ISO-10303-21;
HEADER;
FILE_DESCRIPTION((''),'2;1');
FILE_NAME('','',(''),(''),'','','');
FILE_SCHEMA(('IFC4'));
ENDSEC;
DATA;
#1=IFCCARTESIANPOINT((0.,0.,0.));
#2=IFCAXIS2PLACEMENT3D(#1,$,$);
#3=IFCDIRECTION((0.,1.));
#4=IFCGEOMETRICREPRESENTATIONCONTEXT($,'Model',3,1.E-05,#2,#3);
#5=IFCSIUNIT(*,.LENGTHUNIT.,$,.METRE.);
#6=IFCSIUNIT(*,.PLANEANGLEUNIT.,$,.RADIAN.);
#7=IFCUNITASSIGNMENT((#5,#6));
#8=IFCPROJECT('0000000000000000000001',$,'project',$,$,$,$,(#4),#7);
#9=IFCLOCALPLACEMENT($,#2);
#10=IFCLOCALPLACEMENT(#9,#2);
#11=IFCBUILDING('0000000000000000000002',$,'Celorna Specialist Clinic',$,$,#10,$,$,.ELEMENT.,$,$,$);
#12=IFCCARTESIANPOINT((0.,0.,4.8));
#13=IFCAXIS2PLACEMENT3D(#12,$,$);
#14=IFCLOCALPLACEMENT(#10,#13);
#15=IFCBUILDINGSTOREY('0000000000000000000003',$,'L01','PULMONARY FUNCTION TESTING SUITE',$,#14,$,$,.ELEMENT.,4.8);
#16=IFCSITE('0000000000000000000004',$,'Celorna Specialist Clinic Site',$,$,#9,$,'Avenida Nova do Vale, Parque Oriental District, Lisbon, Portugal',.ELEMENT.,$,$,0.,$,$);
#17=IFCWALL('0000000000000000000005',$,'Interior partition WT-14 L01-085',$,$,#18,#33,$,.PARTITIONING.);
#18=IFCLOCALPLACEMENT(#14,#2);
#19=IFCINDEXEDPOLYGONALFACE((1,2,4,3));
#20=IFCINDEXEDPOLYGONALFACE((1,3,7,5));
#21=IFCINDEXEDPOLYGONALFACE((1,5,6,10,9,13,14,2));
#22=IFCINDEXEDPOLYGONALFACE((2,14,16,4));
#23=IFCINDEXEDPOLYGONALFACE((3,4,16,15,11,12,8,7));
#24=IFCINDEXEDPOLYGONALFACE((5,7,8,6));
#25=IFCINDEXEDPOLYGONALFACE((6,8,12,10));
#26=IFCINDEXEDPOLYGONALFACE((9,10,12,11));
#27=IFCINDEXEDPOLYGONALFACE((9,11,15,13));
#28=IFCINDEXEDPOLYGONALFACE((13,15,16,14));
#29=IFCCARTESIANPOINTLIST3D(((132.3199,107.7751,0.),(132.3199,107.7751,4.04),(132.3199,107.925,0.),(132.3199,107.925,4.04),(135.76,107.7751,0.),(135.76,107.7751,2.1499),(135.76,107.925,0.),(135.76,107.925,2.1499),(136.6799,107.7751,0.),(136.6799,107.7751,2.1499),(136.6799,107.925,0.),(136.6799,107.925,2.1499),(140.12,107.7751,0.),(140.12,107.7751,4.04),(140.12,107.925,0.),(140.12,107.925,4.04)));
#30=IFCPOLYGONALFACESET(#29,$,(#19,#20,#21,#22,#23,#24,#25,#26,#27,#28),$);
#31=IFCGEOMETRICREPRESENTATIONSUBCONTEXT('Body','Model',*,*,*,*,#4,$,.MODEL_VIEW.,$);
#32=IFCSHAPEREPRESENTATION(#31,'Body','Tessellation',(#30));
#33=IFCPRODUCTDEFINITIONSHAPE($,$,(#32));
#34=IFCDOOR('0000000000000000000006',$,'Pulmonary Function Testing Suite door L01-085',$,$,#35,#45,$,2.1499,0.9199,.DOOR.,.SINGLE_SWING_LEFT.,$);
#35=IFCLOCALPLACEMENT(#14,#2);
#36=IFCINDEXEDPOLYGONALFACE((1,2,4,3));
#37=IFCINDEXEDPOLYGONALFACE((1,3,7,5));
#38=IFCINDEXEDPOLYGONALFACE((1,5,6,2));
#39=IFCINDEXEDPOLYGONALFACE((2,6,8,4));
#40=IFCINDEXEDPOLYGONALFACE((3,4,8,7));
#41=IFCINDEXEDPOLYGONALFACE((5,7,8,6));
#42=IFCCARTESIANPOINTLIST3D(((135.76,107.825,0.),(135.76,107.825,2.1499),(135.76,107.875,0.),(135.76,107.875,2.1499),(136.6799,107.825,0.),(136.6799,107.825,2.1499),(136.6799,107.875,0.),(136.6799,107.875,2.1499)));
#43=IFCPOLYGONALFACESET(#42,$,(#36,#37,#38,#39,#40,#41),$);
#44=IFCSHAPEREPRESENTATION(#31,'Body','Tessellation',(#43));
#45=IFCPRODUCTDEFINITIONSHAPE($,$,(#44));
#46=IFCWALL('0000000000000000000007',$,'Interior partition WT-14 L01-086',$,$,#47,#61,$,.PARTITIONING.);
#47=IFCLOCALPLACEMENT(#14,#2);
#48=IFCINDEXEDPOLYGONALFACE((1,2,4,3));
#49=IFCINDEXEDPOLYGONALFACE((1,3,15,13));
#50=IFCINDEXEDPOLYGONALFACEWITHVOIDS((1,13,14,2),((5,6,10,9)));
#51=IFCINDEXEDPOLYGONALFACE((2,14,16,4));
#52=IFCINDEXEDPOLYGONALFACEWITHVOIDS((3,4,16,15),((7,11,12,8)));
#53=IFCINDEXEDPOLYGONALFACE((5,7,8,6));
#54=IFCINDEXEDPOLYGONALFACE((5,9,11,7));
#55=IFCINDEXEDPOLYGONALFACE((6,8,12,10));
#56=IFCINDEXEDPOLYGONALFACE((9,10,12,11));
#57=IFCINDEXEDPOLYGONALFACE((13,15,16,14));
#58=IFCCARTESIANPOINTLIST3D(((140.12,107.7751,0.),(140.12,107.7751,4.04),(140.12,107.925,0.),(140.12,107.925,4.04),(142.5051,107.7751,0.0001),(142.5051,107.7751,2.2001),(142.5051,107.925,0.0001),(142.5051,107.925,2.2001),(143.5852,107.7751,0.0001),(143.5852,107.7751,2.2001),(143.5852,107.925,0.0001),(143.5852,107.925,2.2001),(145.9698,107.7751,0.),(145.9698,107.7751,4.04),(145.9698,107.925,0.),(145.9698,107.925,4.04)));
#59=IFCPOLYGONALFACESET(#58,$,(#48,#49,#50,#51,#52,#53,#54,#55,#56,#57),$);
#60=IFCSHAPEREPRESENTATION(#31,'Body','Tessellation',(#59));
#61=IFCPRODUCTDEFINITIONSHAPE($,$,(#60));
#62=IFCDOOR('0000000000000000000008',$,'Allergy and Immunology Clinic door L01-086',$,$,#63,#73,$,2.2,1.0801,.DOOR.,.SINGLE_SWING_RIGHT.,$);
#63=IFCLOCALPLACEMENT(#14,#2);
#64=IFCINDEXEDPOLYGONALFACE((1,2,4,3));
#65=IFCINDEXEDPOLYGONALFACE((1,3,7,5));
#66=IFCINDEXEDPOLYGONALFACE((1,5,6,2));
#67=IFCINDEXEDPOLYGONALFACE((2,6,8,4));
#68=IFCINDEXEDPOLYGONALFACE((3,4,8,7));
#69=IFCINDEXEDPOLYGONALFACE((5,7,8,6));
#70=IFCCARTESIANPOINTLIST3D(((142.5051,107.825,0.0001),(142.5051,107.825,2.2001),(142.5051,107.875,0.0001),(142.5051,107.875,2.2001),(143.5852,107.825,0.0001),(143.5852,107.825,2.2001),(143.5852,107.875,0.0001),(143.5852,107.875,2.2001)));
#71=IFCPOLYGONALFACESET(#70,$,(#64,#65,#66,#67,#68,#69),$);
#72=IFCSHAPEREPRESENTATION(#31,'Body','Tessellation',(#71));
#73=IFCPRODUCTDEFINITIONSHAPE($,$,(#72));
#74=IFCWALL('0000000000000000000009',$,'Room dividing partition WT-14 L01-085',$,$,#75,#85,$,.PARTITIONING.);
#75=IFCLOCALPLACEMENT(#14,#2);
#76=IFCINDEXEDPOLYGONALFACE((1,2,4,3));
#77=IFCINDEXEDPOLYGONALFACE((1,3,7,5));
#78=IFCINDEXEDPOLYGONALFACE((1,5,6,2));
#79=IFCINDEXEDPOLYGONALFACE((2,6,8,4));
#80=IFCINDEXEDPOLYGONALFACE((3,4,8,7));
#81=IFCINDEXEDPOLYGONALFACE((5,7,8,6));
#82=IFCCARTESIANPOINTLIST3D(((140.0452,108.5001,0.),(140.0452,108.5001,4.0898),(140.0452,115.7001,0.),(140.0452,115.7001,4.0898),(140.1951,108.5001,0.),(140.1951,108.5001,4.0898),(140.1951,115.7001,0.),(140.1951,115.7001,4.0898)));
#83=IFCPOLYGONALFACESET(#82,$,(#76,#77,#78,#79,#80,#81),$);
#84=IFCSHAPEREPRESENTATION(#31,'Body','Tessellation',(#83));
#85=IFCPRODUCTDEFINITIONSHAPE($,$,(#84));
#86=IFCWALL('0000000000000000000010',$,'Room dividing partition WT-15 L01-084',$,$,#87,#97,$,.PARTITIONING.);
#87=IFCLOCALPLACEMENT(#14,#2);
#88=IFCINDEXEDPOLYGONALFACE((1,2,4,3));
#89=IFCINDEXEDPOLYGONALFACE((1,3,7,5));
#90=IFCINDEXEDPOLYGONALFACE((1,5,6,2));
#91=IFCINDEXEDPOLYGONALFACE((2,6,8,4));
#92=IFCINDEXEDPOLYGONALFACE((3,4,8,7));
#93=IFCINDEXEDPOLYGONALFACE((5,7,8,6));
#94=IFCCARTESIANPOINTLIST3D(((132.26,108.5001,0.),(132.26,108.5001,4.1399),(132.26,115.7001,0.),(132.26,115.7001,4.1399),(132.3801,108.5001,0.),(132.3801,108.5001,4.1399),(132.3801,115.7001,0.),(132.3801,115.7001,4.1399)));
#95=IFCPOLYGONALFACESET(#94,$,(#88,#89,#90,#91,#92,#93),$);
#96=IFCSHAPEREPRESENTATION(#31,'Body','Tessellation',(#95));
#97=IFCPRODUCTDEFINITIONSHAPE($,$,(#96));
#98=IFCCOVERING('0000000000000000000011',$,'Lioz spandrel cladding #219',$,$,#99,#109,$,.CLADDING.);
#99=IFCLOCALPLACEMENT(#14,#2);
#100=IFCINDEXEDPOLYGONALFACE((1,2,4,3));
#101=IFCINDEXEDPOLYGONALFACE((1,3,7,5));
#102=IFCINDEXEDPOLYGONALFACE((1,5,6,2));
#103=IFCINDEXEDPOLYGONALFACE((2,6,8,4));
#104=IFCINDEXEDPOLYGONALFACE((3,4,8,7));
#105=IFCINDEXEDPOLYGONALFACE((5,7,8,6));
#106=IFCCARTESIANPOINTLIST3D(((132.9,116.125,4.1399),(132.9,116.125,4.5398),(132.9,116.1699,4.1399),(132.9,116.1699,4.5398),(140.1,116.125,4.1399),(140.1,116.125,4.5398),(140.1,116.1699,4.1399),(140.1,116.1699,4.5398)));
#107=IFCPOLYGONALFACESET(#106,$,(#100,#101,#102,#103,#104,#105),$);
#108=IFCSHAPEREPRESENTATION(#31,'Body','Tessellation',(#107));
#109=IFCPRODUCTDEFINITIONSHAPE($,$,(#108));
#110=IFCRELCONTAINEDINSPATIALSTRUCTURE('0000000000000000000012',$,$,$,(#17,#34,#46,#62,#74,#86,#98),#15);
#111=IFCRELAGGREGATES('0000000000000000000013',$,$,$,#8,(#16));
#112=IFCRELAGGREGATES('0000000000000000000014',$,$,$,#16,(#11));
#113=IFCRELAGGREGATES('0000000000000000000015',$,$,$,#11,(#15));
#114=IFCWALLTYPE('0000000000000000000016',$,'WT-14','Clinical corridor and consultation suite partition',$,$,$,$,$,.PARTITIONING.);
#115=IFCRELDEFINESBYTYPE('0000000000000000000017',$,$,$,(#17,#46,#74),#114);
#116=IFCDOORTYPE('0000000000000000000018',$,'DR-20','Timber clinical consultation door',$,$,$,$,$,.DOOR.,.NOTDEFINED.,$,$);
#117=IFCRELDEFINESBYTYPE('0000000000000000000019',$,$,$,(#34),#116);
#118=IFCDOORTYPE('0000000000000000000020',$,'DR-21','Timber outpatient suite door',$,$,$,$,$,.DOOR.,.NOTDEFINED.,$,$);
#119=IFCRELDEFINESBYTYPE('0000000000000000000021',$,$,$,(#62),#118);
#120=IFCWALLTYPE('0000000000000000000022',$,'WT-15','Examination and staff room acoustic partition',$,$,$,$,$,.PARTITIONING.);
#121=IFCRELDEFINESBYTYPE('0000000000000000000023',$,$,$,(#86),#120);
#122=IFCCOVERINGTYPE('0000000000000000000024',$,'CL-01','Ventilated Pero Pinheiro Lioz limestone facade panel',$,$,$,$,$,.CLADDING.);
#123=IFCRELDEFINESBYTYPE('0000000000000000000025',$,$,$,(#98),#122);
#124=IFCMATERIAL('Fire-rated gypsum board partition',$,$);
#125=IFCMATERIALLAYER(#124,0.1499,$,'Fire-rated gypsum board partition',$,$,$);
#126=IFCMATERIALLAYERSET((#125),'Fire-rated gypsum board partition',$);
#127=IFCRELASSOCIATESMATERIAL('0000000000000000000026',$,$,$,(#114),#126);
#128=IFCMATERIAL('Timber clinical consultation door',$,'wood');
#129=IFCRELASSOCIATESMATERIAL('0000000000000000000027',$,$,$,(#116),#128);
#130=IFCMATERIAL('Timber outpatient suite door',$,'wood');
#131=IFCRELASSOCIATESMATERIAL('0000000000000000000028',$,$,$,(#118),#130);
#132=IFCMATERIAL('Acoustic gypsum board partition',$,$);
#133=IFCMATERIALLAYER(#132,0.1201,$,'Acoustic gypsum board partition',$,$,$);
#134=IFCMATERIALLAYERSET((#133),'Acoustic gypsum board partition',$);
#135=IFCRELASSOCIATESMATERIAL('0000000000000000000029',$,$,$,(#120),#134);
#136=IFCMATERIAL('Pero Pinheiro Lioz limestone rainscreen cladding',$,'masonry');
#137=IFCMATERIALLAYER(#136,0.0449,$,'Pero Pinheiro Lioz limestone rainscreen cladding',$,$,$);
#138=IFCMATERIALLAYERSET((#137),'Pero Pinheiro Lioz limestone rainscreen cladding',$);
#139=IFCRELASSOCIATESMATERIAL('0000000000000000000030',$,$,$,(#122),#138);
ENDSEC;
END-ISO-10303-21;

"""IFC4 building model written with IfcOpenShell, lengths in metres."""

from ifc_helpers import new_model, si_unit, direction, frame, frame_2d, origin, origin_2d, place, context, subcontext, project, spatial, rectangle, extrude, material, layer, layer_set, type_object, element, fill, save


model = new_model("IFC4")

# Units and contexts
model_context = context("Model", 3, precision=1e-05, world=origin(), true_north=direction((0.0, 1.0)))
body_context = subcontext(model_context, "Body", "Model", "MODEL_VIEW")
ifc_project = project(units=[si_unit("LENGTHUNIT", "METRE"), si_unit("PLANEANGLEUNIT", "RADIAN")], contexts=[model_context])

# Site, building, storey
site_placement = place(None, origin())
site = spatial("IfcSite", under=ifc_project, at=site_placement, Name="Celorna Specialist Clinic Site", LongName="Avenida Nova do Vale, Parque Oriental District, Lisbon, Portugal", CompositionType="ELEMENT", RefElevation=0.0)
building_placement = place(site_placement, origin())
building = spatial("IfcBuilding", under=site, at=building_placement, Name="Celorna Specialist Clinic", CompositionType="ELEMENT")
storey_placement = place(building_placement, frame((0.0, 0.0, 4.8)))
storey = spatial("IfcBuildingStorey", under=building, at=storey_placement, Name="L01", Description="PULMONARY FUNCTION TESTING SUITE", CompositionType="ELEMENT", Elevation=4.8)

# Walls, openings, doors
ifc_material_1 = material(Name="Fire-rated gypsum board partition")
ifc_layer_1 = layer(ifc_material_1, 0.1499, Name="Fire-rated gypsum board partition")
ifc_layer_set_1 = layer_set([ifc_layer_1], Name="Fire-rated gypsum board partition")
wall_type_1 = type_object("IfcWallType", Name="WT-14", Description="Clinical corridor and consultation suite partition", PredefinedType="PARTITIONING", material=ifc_layer_set_1)
wall_1_placement = place(storey_placement, frame((132.3201, 107.8501, 0.0), z_axis=(0.0, 0.0, 1.0), x_axis=(1.0, 0.0, 0.0)))
wall_1 = element("IfcWall", 1, at=wall_1_placement, inside=storey, type_object=wall_type_1, Name="Interior partition WT-14 L01-085", PredefinedType="PARTITIONING", context=body_context, shape_type="SweptSolid", body=[
    extrude(rectangle(XDim=7.8, YDim=0.1499, at=frame_2d((3.8999, 0.0))), origin(), (0.0, 0.0, 1.0), 4.04),
])
opening_1_placement = place(wall_1_placement, frame((3.4399, 0.0, 0.0)))
opening_1 = element("IfcOpeningElement", 2, at=opening_1_placement, cuts=wall_1, PredefinedType="OPENING", context=body_context, shape_type="SweptSolid", body=[
    extrude(rectangle(XDim=0.9199, YDim=2.1499, at=frame_2d((0.46, 1.075))), frame((0.0, 0.085, 0.0), z_axis=(0.0, -1.0, 0.0), x_axis=(1.0, 0.0, 0.0)), (0.0, 0.0, 1.0), 0.1699),
])
ifc_material_2 = material(Name="Timber clinical consultation door", Category="wood")
door_type_1 = type_object("IfcDoorType", Name="DR-20", Description="Timber clinical consultation door", OperationType="NOTDEFINED", PredefinedType="DOOR", material=ifc_material_2)
door_1_placement = place(opening_1_placement, origin())
door_1 = element("IfcDoor", 3, at=door_1_placement, inside=storey, type_object=door_type_1, Name="Pulmonary Function Testing Suite door L01-085", OperationType="SINGLE_SWING_LEFT", OverallHeight=2.1499, OverallWidth=0.9199, PredefinedType="DOOR", context=body_context, shape_type="SweptSolid", body=[
    extrude(rectangle(XDim=0.9199, YDim=2.1499, at=frame_2d((0.46, 1.075))), frame((0.0, 0.0249, 0.0), z_axis=(0.0, -1.0, 0.0), x_axis=(1.0, 0.0, 0.0)), (0.0, 0.0, 1.0), 0.05),
])
fill(opening_1, door_1)
wall_2_placement = place(storey_placement, frame((140.1201, 107.8501, 0.0), z_axis=(0.0, 0.0, 1.0), x_axis=(1.0, 0.0, 0.0)))
wall_2 = element("IfcWall", 4, at=wall_2_placement, inside=storey, type_object=wall_type_1, Name="Interior partition WT-14 L01-086", PredefinedType="PARTITIONING", context=body_context, shape_type="SweptSolid", body=[
    extrude(rectangle(XDim=5.8499, YDim=0.1499, at=frame_2d((2.9248, 0.0))), origin(), (0.0, 0.0, 1.0), 4.04),
])
opening_2_placement = place(wall_2_placement, frame((2.385, 0.0, 0.0)))
opening_2 = element("IfcOpeningElement", 5, at=opening_2_placement, cuts=wall_2, PredefinedType="OPENING", context=body_context, shape_type="SweptSolid", body=[
    extrude(rectangle(XDim=1.0801, YDim=2.2, at=frame_2d((0.54, 1.1001))), frame((0.0, 0.085, 0.0), z_axis=(0.0, -1.0, 0.0), x_axis=(1.0, 0.0, 0.0)), (0.0, 0.0, 1.0), 0.1699),
])
ifc_material_3 = material(Name="Timber outpatient suite door", Category="wood")
door_type_2 = type_object("IfcDoorType", Name="DR-21", Description="Timber outpatient suite door", OperationType="NOTDEFINED", PredefinedType="DOOR", material=ifc_material_3)
door_2_placement = place(opening_2_placement, origin())
door_2 = element("IfcDoor", 6, at=door_2_placement, inside=storey, type_object=door_type_2, Name="Allergy and Immunology Clinic door L01-086", OperationType="SINGLE_SWING_RIGHT", OverallHeight=2.2, OverallWidth=1.0801, PredefinedType="DOOR", context=body_context, shape_type="SweptSolid", body=[
    extrude(rectangle(XDim=1.0801, YDim=2.2, at=frame_2d((0.54, 1.1001))), frame((0.0, 0.0249, 0.0), z_axis=(0.0, -1.0, 0.0), x_axis=(1.0, 0.0, 0.0)), (0.0, 0.0, 1.0), 0.05),
])
fill(opening_2, door_2)

# Walls
wall_3_placement = place(storey_placement, frame((140.1201, 108.5, 0.0), z_axis=(0.0, 0.0, 1.0), x_axis=(0.0, 1.0, 0.0)))
element("IfcWall", 7, at=wall_3_placement, inside=storey, type_object=wall_type_1, Name="Room dividing partition WT-14 L01-085", PredefinedType="PARTITIONING", context=body_context, shape_type="SweptSolid", body=[
    extrude(rectangle(XDim=7.2, YDim=0.1499, at=frame_2d((3.6001, 0.0))), origin(), (0.0, 0.0, 1.0), 4.0898),
])
ifc_material_4 = material(Name="Acoustic gypsum board partition")
ifc_layer_2 = layer(ifc_material_4, 0.1201, Name="Acoustic gypsum board partition")
ifc_layer_set_2 = layer_set([ifc_layer_2], Name="Acoustic gypsum board partition")
wall_type_2 = type_object("IfcWallType", Name="WT-15", Description="Examination and staff room acoustic partition", PredefinedType="PARTITIONING", material=ifc_layer_set_2)
wall_4_placement = place(storey_placement, frame((132.3201, 108.5, 0.0), z_axis=(0.0, 0.0, 1.0), x_axis=(0.0, 1.0, 0.0)))
element("IfcWall", 8, at=wall_4_placement, inside=storey, type_object=wall_type_2, Name="Room dividing partition WT-15 L01-084", PredefinedType="PARTITIONING", context=body_context, shape_type="SweptSolid", body=[
    extrude(rectangle(XDim=7.2, YDim=0.1201, at=frame_2d((3.6001, 0.0))), origin(), (0.0, 0.0, 1.0), 4.1399),
])

# Covering
ifc_material_5 = material(Name="Pero Pinheiro Lioz limestone rainscreen cladding", Category="masonry")
ifc_layer_3 = layer(ifc_material_5, 0.0449, Name="Pero Pinheiro Lioz limestone rainscreen cladding")
ifc_layer_set_3 = layer_set([ifc_layer_3], Name="Pero Pinheiro Lioz limestone rainscreen cladding")
covering_type = type_object("IfcCoveringType", Name="CL-01", Description="Ventilated Pero Pinheiro Lioz limestone facade panel", PredefinedType="CLADDING", material=ifc_layer_set_3)
covering_placement = place(storey_placement, frame((136.5, 116.1475, 4.1399), z_axis=(0.0, 0.0, 1.0), x_axis=(1.0, 0.0, 0.0)))
element("IfcCovering", 9, at=covering_placement, inside=storey, type_object=covering_type, Name="Lioz spandrel cladding #219", PredefinedType="CLADDING", context=body_context, shape_type="SweptSolid", body=[
    extrude(rectangle(XDim=7.2, YDim=0.0449, at=origin_2d()), origin(), (0.0, 0.0, 1.0), 0.3999),
])

save(model, "model.ifc")
